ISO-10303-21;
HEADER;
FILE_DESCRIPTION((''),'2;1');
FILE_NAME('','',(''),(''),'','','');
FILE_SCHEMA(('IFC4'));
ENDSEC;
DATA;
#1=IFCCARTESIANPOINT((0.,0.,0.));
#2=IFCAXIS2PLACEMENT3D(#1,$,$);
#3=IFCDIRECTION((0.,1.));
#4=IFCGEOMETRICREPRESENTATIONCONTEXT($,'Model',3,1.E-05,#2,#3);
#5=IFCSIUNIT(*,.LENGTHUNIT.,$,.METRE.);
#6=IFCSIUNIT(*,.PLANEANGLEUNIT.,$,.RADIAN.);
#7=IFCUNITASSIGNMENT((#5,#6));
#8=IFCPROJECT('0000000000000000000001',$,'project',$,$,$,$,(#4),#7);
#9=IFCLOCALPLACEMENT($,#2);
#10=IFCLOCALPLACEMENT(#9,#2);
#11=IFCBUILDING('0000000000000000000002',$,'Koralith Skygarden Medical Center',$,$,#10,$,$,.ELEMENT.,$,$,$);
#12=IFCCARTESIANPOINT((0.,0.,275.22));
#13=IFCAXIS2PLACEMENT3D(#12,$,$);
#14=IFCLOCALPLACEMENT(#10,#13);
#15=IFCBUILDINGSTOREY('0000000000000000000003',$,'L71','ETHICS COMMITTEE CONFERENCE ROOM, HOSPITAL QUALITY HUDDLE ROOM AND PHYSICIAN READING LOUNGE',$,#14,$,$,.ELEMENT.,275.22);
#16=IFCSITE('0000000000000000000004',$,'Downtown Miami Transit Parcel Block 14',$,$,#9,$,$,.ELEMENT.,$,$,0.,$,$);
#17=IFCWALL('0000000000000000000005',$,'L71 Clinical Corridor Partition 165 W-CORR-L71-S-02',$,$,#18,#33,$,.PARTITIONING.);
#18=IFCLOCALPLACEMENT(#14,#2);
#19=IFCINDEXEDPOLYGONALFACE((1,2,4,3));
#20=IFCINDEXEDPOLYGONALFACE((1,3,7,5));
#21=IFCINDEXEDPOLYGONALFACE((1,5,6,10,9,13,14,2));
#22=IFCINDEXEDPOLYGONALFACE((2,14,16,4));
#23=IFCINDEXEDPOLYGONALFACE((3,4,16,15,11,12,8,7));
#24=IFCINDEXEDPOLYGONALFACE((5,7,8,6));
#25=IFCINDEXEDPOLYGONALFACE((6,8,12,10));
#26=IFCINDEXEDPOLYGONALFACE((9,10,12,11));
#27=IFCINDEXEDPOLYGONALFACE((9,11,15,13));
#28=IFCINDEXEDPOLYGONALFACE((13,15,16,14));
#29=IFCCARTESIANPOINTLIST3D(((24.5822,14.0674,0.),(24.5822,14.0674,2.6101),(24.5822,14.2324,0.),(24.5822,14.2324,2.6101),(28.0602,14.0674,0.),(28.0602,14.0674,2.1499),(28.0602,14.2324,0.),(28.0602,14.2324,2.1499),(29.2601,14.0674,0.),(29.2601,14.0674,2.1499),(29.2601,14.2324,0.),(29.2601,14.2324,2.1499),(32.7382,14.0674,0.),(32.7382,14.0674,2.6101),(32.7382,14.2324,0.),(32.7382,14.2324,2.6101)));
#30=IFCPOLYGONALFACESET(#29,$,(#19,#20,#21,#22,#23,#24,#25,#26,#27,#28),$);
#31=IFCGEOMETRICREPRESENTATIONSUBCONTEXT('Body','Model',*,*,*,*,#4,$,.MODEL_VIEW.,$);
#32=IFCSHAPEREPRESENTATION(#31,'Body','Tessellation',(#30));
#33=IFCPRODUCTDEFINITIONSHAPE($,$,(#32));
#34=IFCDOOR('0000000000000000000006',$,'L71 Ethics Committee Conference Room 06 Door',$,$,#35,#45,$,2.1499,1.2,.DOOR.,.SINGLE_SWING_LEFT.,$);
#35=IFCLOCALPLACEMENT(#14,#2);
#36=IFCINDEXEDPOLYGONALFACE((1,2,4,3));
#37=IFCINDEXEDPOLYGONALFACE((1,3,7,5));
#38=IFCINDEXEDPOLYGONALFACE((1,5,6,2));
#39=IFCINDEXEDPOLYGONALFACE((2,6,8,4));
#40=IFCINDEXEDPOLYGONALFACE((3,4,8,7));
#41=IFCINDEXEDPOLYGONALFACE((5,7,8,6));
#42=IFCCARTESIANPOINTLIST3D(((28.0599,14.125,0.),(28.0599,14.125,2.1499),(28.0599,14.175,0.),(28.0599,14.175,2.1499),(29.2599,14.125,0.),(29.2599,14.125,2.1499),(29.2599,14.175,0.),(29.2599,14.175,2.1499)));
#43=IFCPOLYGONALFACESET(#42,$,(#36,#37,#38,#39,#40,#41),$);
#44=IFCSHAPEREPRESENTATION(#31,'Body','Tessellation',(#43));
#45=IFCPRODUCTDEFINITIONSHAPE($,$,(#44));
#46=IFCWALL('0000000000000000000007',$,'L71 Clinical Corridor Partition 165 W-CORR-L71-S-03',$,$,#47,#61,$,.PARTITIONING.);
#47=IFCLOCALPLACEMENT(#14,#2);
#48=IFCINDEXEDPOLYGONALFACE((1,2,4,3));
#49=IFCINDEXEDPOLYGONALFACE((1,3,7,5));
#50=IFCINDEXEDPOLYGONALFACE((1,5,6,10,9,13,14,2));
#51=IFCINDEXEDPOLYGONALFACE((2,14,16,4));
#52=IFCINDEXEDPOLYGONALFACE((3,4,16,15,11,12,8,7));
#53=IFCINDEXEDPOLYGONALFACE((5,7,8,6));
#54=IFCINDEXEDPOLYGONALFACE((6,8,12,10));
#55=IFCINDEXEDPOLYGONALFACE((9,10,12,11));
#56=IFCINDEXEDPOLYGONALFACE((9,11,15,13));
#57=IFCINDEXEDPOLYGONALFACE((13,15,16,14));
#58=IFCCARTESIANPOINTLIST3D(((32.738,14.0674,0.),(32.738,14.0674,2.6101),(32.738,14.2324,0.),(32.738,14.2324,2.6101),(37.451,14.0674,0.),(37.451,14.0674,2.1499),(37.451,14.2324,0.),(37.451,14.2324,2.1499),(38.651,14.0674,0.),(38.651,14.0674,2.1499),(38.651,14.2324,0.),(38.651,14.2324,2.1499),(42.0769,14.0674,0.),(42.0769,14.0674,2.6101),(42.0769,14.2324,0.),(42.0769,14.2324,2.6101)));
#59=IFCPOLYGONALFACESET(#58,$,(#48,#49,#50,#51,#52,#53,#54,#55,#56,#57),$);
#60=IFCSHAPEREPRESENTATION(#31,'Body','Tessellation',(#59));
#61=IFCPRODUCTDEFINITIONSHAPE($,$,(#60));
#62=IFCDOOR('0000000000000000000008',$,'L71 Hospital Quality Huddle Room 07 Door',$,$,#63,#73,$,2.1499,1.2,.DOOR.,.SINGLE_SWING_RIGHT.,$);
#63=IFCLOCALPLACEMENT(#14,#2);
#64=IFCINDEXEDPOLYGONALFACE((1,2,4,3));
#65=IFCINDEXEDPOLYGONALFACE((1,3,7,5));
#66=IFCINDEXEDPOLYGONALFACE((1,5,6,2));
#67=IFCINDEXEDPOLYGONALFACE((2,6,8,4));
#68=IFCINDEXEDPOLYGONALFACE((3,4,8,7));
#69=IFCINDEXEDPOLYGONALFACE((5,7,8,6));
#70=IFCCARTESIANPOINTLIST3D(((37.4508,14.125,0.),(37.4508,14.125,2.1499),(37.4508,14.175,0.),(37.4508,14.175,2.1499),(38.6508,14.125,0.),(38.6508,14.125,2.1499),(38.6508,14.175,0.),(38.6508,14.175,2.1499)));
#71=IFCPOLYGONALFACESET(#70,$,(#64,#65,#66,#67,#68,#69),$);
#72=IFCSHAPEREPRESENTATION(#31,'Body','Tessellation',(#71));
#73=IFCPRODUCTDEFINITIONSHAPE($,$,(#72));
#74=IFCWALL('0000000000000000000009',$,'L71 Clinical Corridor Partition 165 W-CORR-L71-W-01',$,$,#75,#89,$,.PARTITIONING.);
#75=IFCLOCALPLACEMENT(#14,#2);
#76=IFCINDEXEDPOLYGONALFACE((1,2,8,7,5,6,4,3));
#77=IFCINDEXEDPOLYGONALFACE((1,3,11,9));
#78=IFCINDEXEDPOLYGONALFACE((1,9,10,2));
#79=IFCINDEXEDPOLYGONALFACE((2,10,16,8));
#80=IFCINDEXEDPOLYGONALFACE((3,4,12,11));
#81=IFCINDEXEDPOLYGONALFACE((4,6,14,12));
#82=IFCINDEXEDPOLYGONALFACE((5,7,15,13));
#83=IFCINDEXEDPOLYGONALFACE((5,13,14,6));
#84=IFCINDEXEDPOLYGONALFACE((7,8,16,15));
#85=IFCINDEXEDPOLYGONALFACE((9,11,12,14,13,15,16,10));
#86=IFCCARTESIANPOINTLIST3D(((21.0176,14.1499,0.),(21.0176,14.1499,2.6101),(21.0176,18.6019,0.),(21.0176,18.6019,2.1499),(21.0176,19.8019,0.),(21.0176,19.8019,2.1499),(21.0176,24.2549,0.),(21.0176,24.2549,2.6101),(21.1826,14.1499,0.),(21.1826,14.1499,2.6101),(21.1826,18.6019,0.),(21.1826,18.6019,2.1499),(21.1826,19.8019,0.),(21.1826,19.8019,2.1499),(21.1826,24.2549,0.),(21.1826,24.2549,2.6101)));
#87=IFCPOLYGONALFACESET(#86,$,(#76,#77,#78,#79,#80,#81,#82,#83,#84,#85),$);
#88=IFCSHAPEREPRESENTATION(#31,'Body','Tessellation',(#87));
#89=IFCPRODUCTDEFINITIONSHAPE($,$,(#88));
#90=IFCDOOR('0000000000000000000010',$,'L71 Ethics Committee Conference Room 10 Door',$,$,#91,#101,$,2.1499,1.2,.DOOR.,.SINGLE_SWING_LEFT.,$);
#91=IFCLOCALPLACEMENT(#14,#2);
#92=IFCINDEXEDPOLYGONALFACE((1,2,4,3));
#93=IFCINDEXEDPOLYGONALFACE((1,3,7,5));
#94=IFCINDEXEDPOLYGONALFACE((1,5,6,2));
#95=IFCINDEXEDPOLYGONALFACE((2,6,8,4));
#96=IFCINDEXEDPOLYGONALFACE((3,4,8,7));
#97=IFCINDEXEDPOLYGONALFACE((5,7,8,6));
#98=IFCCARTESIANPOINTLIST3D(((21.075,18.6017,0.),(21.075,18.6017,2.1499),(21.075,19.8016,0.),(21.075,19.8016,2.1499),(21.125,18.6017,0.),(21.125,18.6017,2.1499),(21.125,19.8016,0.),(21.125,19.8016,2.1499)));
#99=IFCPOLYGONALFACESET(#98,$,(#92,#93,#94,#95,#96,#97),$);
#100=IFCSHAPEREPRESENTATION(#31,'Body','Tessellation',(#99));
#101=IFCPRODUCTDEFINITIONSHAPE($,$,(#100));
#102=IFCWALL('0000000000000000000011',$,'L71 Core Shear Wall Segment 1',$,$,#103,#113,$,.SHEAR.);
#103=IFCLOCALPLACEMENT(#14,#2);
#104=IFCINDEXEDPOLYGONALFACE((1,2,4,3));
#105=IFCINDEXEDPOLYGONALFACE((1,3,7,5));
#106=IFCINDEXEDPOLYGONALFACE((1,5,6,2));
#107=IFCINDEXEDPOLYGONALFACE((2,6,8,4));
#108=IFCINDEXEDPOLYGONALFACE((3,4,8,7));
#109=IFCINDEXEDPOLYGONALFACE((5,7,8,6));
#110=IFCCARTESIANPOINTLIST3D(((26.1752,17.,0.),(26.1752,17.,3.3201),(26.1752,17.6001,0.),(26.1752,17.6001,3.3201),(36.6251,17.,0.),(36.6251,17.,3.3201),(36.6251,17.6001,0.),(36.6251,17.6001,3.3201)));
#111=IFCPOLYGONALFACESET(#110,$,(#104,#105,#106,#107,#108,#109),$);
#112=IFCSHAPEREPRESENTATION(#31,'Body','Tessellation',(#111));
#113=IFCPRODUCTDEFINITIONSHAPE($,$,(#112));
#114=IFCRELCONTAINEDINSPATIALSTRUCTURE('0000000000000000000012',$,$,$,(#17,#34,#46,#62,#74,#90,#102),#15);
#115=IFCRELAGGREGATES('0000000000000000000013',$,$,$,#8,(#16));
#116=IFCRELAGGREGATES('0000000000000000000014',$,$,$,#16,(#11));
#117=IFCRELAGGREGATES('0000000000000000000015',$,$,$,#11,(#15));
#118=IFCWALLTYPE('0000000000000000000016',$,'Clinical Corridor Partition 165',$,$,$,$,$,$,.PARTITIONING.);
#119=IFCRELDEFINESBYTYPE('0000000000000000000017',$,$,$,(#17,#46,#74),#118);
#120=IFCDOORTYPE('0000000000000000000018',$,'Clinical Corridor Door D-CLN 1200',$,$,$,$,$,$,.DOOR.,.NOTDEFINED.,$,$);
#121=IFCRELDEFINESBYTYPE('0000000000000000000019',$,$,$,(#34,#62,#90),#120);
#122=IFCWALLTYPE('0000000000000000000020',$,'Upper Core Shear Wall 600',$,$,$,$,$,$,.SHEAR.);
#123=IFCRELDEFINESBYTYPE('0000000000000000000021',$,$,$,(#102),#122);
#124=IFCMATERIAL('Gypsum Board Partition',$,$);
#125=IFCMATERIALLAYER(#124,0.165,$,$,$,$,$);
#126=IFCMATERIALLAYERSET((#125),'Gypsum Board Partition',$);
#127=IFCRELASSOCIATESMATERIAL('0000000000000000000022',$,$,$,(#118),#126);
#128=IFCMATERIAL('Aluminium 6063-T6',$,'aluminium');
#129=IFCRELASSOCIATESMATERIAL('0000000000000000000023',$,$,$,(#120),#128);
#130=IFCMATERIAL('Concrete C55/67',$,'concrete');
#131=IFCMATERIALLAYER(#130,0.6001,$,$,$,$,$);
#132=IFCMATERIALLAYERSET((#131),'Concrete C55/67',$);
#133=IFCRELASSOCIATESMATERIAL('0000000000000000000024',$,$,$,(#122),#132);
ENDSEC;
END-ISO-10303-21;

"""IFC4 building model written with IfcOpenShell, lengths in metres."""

from ifc_helpers import new_model, si_unit, direction, frame, frame_2d, origin, place, context, subcontext, project, spatial, rectangle, extrude, material, layer, layer_set, type_object, element, fill, save


model = new_model("IFC4")

# Units and contexts
model_context = context("Model", 3, precision=1e-05, world=origin(), true_north=direction((0.0, 1.0)))
body_context = subcontext(model_context, "Body", "Model", "MODEL_VIEW")
ifc_project = project(units=[si_unit("LENGTHUNIT", "METRE"), si_unit("PLANEANGLEUNIT", "RADIAN")], contexts=[model_context])

# Site, building, storey
site_placement = place(None, origin())
site = spatial("IfcSite", under=ifc_project, at=site_placement, Name="Downtown Miami Transit Parcel Block 14", CompositionType="ELEMENT", RefElevation=0.0)
building_placement = place(site_placement, origin())
building = spatial("IfcBuilding", under=site, at=building_placement, Name="Koralith Skygarden Medical Center", CompositionType="ELEMENT")
storey_placement = place(building_placement, frame((0.0, 0.0, 275.22)))
storey = spatial("IfcBuildingStorey", under=building, at=storey_placement, Name="L71", Description="ETHICS COMMITTEE CONFERENCE ROOM, HOSPITAL QUALITY HUDDLE ROOM AND PHYSICIAN READING LOUNGE", CompositionType="ELEMENT", Elevation=275.22)

# Shared definitions
ifc_material_1 = material(Name="Concrete C55/67", Category="concrete")

# Shared definitions
ifc_material_2 = material(Name="Aluminium 6063-T6", Category="aluminium")

# Shared definitions
ifc_material_3 = material(Name="Gypsum Board Partition")

# Walls, openings, doors
ifc_layer_1 = layer(ifc_material_3, 0.165)
ifc_layer_set_1 = layer_set([ifc_layer_1], Name="Gypsum Board Partition")
wall_type_1 = type_object("IfcWallType", Name="Clinical Corridor Partition 165", PredefinedType="PARTITIONING", material=ifc_layer_set_1)
door_type = type_object("IfcDoorType", Name="Clinical Corridor Door D-CLN 1200", OperationType="NOTDEFINED", PredefinedType="DOOR", material=ifc_material_2)
wall_1_placement = place(storey_placement, frame((24.582, 14.1499, 0.0), z_axis=(0.0, 0.0, 1.0), x_axis=(1.0, 0.0, 0.0)))
wall_1 = element("IfcWall", 1, at=wall_1_placement, inside=storey, type_object=wall_type_1, Name="L71 Clinical Corridor Partition 165 W-CORR-L71-S-02", PredefinedType="PARTITIONING", context=body_context, shape_type="SweptSolid", body=[
    extrude(rectangle(XDim=8.156, YDim=0.165, at=frame_2d((4.0781, 0.0))), origin(), (0.0, 0.0, 1.0), 2.6101),
])
opening_1_placement = place(wall_1_placement, frame((3.478, 0.0, 0.0)))
opening_1 = element("IfcOpeningElement", 2, at=opening_1_placement, cuts=wall_1, PredefinedType="OPENING", context=body_context, shape_type="SweptSolid", body=[
    extrude(rectangle(XDim=1.2, YDim=2.1499, at=frame_2d((0.6001, 1.075))), frame((0.0, 0.0925, 0.0), z_axis=(0.0, -1.0, 0.0), x_axis=(1.0, 0.0, 0.0)), (0.0, 0.0, 1.0), 0.1851),
])
door_1_placement = place(opening_1_placement, frame((1.2, 0.0, 0.0), z_axis=(0.0, 0.0, 1.0), x_axis=(-1.0, 0.0, 0.0)))
door_1 = element("IfcDoor", 3, at=door_1_placement, inside=storey, type_object=door_type, Name="L71 Ethics Committee Conference Room 06 Door", OperationType="SINGLE_SWING_LEFT", OverallHeight=2.1499, OverallWidth=1.2, PredefinedType="DOOR", context=body_context, shape_type="SweptSolid", body=[
    extrude(rectangle(XDim=1.2, YDim=2.1499, at=frame_2d((0.6001, 1.075))), frame((0.0, 0.0249, 0.0), z_axis=(0.0, -1.0, 0.0), x_axis=(1.0, 0.0, 0.0)), (0.0, 0.0, 1.0), 0.05),
])
fill(opening_1, door_1)
wall_2_placement = place(storey_placement, frame((32.738, 14.1499, 0.0), z_axis=(0.0, 0.0, 1.0), x_axis=(1.0, 0.0, 0.0)))
wall_2 = element("IfcWall", 4, at=wall_2_placement, inside=storey, type_object=wall_type_1, Name="L71 Clinical Corridor Partition 165 W-CORR-L71-S-03", PredefinedType="PARTITIONING", context=body_context, shape_type="SweptSolid", body=[
    extrude(rectangle(XDim=9.3389, YDim=0.165, at=frame_2d((4.6694, 0.0))), origin(), (0.0, 0.0, 1.0), 2.6101),
])
opening_2_placement = place(wall_2_placement, frame((4.7129, 0.0, 0.0)))
opening_2 = element("IfcOpeningElement", 5, at=opening_2_placement, cuts=wall_2, PredefinedType="OPENING", context=body_context, shape_type="SweptSolid", body=[
    extrude(rectangle(XDim=1.2, YDim=2.1499, at=frame_2d((0.6001, 1.075))), frame((0.0, 0.0925, 0.0), z_axis=(0.0, -1.0, 0.0), x_axis=(1.0, 0.0, 0.0)), (0.0, 0.0, 1.0), 0.1851),
])
door_2_placement = place(opening_2_placement, frame((1.2, 0.0, 0.0), z_axis=(0.0, 0.0, 1.0), x_axis=(-1.0, 0.0, 0.0)))
door_2 = element("IfcDoor", 6, at=door_2_placement, inside=storey, type_object=door_type, Name="L71 Hospital Quality Huddle Room 07 Door", OperationType="SINGLE_SWING_RIGHT", OverallHeight=2.1499, OverallWidth=1.2, PredefinedType="DOOR", context=body_context, shape_type="SweptSolid", body=[
    extrude(rectangle(XDim=1.2, YDim=2.1499, at=frame_2d((0.6001, 1.075))), frame((0.0, 0.0249, 0.0), z_axis=(0.0, -1.0, 0.0), x_axis=(1.0, 0.0, 0.0)), (0.0, 0.0, 1.0), 0.05),
])
fill(opening_2, door_2)
wall_3_placement = place(storey_placement, frame((21.1001, 14.1499, 0.0), z_axis=(0.0, 0.0, 1.0), x_axis=(0.0, 1.0, 0.0)))
wall_3 = element("IfcWall", 7, at=wall_3_placement, inside=storey, type_object=wall_type_1, Name="L71 Clinical Corridor Partition 165 W-CORR-L71-W-01", PredefinedType="PARTITIONING", context=body_context, shape_type="SweptSolid", body=[
    extrude(rectangle(XDim=10.105, YDim=0.165, at=frame_2d((5.0525, 0.0))), origin(), (0.0, 0.0, 1.0), 2.6101),
])
opening_3_placement = place(wall_3_placement, frame((4.4519, 0.0, 0.0)))
opening_3 = element("IfcOpeningElement", 8, at=opening_3_placement, cuts=wall_3, PredefinedType="OPENING", context=body_context, shape_type="SweptSolid", body=[
    extrude(rectangle(XDim=1.2, YDim=2.1499, at=frame_2d((0.6001, 1.075))), frame((0.0, 0.0925, 0.0), z_axis=(0.0, -1.0, 0.0), x_axis=(1.0, 0.0, 0.0)), (0.0, 0.0, 1.0), 0.1851),
])
door_3_placement = place(opening_3_placement, frame((1.2, 0.0, 0.0), z_axis=(0.0, 0.0, 1.0), x_axis=(-1.0, 0.0, 0.0)))
door_3 = element("IfcDoor", 9, at=door_3_placement, inside=storey, type_object=door_type, Name="L71 Ethics Committee Conference Room 10 Door", OperationType="SINGLE_SWING_LEFT", OverallHeight=2.1499, OverallWidth=1.2, PredefinedType="DOOR", context=body_context, shape_type="SweptSolid", body=[
    extrude(rectangle(XDim=1.2, YDim=2.1499, at=frame_2d((0.6001, 1.075))), frame((0.0, 0.0249, 0.0), z_axis=(0.0, -1.0, 0.0), x_axis=(1.0, 0.0, 0.0)), (0.0, 0.0, 1.0), 0.05),
])
fill(opening_3, door_3)

# Wall
ifc_layer_2 = layer(ifc_material_1, 0.6001)
ifc_layer_set_2 = layer_set([ifc_layer_2], Name="Concrete C55/67")
wall_type_2 = type_object("IfcWallType", Name="Upper Core Shear Wall 600", PredefinedType="SHEAR", material=ifc_layer_set_2)
wall_4_placement = place(storey_placement, frame((26.175, 17.3, 0.0), z_axis=(0.0, 0.0, 1.0), x_axis=(1.0, 0.0, 0.0)))
element("IfcWall", 10, at=wall_4_placement, inside=storey, type_object=wall_type_2, Name="L71 Core Shear Wall Segment 1", PredefinedType="SHEAR", context=body_context, shape_type="SweptSolid", body=[
    extrude(rectangle(XDim=10.45, YDim=0.6001, at=frame_2d((5.2251, 0.0))), origin(), (0.0, 0.0, 1.0), 3.3201),
])

save(model, "model.ifc")
